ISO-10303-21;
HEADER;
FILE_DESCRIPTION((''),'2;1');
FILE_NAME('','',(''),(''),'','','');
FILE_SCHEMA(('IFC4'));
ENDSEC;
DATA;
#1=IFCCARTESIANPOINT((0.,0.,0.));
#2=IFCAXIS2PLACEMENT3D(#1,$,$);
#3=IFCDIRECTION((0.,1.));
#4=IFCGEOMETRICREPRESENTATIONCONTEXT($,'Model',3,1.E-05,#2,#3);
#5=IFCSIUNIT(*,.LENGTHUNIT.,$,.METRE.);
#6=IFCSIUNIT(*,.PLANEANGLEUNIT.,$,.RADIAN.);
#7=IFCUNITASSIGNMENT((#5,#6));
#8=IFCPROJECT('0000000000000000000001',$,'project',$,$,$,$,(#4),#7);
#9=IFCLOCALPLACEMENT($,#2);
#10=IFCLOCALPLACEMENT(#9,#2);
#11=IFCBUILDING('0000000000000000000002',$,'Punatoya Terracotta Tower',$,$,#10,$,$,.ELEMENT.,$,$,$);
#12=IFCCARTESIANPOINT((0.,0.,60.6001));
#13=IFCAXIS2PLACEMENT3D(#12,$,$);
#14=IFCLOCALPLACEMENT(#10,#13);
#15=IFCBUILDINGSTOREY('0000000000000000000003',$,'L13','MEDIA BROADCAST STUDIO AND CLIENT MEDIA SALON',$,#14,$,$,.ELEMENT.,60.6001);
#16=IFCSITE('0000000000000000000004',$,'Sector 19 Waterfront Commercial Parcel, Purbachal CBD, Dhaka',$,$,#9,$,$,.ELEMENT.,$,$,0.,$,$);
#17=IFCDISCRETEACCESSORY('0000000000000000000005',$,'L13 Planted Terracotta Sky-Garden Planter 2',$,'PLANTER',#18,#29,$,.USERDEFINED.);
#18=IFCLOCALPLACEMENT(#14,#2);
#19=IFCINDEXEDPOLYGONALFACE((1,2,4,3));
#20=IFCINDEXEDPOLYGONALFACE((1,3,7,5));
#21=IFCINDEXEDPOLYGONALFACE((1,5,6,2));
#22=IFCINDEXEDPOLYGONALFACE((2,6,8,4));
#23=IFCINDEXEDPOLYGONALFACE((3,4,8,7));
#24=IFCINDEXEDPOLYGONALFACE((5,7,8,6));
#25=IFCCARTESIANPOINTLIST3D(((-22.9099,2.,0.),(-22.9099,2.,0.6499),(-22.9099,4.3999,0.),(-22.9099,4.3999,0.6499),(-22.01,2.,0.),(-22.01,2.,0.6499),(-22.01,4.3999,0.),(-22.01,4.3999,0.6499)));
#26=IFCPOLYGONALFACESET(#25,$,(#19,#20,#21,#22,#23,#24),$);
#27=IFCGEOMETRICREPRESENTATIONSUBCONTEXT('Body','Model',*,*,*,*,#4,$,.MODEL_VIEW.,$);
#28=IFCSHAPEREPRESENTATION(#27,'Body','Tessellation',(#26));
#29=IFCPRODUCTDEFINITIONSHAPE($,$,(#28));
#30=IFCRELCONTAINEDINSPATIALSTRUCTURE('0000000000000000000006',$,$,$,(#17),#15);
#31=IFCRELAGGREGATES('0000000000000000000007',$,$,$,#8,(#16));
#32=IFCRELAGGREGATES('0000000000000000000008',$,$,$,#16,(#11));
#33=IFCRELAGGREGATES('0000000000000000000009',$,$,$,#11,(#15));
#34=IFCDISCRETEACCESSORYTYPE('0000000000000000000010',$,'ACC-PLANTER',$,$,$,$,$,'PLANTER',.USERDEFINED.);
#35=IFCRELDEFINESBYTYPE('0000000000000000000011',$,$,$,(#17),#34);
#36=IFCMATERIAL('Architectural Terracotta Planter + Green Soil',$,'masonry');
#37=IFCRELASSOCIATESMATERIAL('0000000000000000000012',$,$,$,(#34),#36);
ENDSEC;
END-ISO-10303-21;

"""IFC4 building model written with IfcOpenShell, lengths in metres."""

from ifc_helpers import new_model, si_unit, direction, frame, origin, origin_2d, place, context, subcontext, project, spatial, rectangle, extrude, material, type_object, element, save


model = new_model("IFC4")

# Units and contexts
model_context = context("Model", 3, precision=1e-05, world=origin(), true_north=direction((0.0, 1.0)))
body_context = subcontext(model_context, "Body", "Model", "MODEL_VIEW")
ifc_project = project(units=[si_unit("LENGTHUNIT", "METRE"), si_unit("PLANEANGLEUNIT", "RADIAN")], contexts=[model_context])

# Site, building, storey
site_placement = place(None, origin())
site = spatial("IfcSite", under=ifc_project, at=site_placement, Name="Sector 19 Waterfront Commercial Parcel, Purbachal CBD, Dhaka", CompositionType="ELEMENT", RefElevation=0.0)
building_placement = place(site_placement, origin())
building = spatial("IfcBuilding", under=site, at=building_placement, Name="Punatoya Terracotta Tower", CompositionType="ELEMENT")
storey_placement = place(building_placement, frame((0.0, 0.0, 60.6001)))
storey = spatial("IfcBuildingStorey", under=building, at=storey_placement, Name="L13", Description="MEDIA BROADCAST STUDIO AND CLIENT MEDIA SALON", CompositionType="ELEMENT", Elevation=60.6001)

# Discrete accessory
ifc_material_1 = material(Name="Architectural Terracotta Planter + Green Soil", Category="masonry")
discrete_accessory_type = type_object("IfcDiscreteAccessoryType", Name="ACC-PLANTER", ElementType="PLANTER", PredefinedType="USERDEFINED", material=ifc_material_1)
for number, where, z_axis, x_axis, name in (
    (1, (-22.46, 3.2, 0.0), (0.0, 0.0, 1.0), (0.0, 1.0, 0.0), "L13 Planted Terracotta Sky-Garden Planter 2"),
):
    element("IfcDiscreteAccessory", number, at=place(storey_placement, frame(where, z_axis=z_axis, x_axis=x_axis)), inside=storey, type_object=discrete_accessory_type, Name=name, ObjectType="PLANTER", PredefinedType="USERDEFINED", context=body_context, shape_type="SweptSolid", body=[
        extrude(rectangle(XDim=2.3999, YDim=0.8999, at=origin_2d()), origin(), (0.0, 0.0, 1.0), 0.6499),
    ])

save(model, "model.ifc")
